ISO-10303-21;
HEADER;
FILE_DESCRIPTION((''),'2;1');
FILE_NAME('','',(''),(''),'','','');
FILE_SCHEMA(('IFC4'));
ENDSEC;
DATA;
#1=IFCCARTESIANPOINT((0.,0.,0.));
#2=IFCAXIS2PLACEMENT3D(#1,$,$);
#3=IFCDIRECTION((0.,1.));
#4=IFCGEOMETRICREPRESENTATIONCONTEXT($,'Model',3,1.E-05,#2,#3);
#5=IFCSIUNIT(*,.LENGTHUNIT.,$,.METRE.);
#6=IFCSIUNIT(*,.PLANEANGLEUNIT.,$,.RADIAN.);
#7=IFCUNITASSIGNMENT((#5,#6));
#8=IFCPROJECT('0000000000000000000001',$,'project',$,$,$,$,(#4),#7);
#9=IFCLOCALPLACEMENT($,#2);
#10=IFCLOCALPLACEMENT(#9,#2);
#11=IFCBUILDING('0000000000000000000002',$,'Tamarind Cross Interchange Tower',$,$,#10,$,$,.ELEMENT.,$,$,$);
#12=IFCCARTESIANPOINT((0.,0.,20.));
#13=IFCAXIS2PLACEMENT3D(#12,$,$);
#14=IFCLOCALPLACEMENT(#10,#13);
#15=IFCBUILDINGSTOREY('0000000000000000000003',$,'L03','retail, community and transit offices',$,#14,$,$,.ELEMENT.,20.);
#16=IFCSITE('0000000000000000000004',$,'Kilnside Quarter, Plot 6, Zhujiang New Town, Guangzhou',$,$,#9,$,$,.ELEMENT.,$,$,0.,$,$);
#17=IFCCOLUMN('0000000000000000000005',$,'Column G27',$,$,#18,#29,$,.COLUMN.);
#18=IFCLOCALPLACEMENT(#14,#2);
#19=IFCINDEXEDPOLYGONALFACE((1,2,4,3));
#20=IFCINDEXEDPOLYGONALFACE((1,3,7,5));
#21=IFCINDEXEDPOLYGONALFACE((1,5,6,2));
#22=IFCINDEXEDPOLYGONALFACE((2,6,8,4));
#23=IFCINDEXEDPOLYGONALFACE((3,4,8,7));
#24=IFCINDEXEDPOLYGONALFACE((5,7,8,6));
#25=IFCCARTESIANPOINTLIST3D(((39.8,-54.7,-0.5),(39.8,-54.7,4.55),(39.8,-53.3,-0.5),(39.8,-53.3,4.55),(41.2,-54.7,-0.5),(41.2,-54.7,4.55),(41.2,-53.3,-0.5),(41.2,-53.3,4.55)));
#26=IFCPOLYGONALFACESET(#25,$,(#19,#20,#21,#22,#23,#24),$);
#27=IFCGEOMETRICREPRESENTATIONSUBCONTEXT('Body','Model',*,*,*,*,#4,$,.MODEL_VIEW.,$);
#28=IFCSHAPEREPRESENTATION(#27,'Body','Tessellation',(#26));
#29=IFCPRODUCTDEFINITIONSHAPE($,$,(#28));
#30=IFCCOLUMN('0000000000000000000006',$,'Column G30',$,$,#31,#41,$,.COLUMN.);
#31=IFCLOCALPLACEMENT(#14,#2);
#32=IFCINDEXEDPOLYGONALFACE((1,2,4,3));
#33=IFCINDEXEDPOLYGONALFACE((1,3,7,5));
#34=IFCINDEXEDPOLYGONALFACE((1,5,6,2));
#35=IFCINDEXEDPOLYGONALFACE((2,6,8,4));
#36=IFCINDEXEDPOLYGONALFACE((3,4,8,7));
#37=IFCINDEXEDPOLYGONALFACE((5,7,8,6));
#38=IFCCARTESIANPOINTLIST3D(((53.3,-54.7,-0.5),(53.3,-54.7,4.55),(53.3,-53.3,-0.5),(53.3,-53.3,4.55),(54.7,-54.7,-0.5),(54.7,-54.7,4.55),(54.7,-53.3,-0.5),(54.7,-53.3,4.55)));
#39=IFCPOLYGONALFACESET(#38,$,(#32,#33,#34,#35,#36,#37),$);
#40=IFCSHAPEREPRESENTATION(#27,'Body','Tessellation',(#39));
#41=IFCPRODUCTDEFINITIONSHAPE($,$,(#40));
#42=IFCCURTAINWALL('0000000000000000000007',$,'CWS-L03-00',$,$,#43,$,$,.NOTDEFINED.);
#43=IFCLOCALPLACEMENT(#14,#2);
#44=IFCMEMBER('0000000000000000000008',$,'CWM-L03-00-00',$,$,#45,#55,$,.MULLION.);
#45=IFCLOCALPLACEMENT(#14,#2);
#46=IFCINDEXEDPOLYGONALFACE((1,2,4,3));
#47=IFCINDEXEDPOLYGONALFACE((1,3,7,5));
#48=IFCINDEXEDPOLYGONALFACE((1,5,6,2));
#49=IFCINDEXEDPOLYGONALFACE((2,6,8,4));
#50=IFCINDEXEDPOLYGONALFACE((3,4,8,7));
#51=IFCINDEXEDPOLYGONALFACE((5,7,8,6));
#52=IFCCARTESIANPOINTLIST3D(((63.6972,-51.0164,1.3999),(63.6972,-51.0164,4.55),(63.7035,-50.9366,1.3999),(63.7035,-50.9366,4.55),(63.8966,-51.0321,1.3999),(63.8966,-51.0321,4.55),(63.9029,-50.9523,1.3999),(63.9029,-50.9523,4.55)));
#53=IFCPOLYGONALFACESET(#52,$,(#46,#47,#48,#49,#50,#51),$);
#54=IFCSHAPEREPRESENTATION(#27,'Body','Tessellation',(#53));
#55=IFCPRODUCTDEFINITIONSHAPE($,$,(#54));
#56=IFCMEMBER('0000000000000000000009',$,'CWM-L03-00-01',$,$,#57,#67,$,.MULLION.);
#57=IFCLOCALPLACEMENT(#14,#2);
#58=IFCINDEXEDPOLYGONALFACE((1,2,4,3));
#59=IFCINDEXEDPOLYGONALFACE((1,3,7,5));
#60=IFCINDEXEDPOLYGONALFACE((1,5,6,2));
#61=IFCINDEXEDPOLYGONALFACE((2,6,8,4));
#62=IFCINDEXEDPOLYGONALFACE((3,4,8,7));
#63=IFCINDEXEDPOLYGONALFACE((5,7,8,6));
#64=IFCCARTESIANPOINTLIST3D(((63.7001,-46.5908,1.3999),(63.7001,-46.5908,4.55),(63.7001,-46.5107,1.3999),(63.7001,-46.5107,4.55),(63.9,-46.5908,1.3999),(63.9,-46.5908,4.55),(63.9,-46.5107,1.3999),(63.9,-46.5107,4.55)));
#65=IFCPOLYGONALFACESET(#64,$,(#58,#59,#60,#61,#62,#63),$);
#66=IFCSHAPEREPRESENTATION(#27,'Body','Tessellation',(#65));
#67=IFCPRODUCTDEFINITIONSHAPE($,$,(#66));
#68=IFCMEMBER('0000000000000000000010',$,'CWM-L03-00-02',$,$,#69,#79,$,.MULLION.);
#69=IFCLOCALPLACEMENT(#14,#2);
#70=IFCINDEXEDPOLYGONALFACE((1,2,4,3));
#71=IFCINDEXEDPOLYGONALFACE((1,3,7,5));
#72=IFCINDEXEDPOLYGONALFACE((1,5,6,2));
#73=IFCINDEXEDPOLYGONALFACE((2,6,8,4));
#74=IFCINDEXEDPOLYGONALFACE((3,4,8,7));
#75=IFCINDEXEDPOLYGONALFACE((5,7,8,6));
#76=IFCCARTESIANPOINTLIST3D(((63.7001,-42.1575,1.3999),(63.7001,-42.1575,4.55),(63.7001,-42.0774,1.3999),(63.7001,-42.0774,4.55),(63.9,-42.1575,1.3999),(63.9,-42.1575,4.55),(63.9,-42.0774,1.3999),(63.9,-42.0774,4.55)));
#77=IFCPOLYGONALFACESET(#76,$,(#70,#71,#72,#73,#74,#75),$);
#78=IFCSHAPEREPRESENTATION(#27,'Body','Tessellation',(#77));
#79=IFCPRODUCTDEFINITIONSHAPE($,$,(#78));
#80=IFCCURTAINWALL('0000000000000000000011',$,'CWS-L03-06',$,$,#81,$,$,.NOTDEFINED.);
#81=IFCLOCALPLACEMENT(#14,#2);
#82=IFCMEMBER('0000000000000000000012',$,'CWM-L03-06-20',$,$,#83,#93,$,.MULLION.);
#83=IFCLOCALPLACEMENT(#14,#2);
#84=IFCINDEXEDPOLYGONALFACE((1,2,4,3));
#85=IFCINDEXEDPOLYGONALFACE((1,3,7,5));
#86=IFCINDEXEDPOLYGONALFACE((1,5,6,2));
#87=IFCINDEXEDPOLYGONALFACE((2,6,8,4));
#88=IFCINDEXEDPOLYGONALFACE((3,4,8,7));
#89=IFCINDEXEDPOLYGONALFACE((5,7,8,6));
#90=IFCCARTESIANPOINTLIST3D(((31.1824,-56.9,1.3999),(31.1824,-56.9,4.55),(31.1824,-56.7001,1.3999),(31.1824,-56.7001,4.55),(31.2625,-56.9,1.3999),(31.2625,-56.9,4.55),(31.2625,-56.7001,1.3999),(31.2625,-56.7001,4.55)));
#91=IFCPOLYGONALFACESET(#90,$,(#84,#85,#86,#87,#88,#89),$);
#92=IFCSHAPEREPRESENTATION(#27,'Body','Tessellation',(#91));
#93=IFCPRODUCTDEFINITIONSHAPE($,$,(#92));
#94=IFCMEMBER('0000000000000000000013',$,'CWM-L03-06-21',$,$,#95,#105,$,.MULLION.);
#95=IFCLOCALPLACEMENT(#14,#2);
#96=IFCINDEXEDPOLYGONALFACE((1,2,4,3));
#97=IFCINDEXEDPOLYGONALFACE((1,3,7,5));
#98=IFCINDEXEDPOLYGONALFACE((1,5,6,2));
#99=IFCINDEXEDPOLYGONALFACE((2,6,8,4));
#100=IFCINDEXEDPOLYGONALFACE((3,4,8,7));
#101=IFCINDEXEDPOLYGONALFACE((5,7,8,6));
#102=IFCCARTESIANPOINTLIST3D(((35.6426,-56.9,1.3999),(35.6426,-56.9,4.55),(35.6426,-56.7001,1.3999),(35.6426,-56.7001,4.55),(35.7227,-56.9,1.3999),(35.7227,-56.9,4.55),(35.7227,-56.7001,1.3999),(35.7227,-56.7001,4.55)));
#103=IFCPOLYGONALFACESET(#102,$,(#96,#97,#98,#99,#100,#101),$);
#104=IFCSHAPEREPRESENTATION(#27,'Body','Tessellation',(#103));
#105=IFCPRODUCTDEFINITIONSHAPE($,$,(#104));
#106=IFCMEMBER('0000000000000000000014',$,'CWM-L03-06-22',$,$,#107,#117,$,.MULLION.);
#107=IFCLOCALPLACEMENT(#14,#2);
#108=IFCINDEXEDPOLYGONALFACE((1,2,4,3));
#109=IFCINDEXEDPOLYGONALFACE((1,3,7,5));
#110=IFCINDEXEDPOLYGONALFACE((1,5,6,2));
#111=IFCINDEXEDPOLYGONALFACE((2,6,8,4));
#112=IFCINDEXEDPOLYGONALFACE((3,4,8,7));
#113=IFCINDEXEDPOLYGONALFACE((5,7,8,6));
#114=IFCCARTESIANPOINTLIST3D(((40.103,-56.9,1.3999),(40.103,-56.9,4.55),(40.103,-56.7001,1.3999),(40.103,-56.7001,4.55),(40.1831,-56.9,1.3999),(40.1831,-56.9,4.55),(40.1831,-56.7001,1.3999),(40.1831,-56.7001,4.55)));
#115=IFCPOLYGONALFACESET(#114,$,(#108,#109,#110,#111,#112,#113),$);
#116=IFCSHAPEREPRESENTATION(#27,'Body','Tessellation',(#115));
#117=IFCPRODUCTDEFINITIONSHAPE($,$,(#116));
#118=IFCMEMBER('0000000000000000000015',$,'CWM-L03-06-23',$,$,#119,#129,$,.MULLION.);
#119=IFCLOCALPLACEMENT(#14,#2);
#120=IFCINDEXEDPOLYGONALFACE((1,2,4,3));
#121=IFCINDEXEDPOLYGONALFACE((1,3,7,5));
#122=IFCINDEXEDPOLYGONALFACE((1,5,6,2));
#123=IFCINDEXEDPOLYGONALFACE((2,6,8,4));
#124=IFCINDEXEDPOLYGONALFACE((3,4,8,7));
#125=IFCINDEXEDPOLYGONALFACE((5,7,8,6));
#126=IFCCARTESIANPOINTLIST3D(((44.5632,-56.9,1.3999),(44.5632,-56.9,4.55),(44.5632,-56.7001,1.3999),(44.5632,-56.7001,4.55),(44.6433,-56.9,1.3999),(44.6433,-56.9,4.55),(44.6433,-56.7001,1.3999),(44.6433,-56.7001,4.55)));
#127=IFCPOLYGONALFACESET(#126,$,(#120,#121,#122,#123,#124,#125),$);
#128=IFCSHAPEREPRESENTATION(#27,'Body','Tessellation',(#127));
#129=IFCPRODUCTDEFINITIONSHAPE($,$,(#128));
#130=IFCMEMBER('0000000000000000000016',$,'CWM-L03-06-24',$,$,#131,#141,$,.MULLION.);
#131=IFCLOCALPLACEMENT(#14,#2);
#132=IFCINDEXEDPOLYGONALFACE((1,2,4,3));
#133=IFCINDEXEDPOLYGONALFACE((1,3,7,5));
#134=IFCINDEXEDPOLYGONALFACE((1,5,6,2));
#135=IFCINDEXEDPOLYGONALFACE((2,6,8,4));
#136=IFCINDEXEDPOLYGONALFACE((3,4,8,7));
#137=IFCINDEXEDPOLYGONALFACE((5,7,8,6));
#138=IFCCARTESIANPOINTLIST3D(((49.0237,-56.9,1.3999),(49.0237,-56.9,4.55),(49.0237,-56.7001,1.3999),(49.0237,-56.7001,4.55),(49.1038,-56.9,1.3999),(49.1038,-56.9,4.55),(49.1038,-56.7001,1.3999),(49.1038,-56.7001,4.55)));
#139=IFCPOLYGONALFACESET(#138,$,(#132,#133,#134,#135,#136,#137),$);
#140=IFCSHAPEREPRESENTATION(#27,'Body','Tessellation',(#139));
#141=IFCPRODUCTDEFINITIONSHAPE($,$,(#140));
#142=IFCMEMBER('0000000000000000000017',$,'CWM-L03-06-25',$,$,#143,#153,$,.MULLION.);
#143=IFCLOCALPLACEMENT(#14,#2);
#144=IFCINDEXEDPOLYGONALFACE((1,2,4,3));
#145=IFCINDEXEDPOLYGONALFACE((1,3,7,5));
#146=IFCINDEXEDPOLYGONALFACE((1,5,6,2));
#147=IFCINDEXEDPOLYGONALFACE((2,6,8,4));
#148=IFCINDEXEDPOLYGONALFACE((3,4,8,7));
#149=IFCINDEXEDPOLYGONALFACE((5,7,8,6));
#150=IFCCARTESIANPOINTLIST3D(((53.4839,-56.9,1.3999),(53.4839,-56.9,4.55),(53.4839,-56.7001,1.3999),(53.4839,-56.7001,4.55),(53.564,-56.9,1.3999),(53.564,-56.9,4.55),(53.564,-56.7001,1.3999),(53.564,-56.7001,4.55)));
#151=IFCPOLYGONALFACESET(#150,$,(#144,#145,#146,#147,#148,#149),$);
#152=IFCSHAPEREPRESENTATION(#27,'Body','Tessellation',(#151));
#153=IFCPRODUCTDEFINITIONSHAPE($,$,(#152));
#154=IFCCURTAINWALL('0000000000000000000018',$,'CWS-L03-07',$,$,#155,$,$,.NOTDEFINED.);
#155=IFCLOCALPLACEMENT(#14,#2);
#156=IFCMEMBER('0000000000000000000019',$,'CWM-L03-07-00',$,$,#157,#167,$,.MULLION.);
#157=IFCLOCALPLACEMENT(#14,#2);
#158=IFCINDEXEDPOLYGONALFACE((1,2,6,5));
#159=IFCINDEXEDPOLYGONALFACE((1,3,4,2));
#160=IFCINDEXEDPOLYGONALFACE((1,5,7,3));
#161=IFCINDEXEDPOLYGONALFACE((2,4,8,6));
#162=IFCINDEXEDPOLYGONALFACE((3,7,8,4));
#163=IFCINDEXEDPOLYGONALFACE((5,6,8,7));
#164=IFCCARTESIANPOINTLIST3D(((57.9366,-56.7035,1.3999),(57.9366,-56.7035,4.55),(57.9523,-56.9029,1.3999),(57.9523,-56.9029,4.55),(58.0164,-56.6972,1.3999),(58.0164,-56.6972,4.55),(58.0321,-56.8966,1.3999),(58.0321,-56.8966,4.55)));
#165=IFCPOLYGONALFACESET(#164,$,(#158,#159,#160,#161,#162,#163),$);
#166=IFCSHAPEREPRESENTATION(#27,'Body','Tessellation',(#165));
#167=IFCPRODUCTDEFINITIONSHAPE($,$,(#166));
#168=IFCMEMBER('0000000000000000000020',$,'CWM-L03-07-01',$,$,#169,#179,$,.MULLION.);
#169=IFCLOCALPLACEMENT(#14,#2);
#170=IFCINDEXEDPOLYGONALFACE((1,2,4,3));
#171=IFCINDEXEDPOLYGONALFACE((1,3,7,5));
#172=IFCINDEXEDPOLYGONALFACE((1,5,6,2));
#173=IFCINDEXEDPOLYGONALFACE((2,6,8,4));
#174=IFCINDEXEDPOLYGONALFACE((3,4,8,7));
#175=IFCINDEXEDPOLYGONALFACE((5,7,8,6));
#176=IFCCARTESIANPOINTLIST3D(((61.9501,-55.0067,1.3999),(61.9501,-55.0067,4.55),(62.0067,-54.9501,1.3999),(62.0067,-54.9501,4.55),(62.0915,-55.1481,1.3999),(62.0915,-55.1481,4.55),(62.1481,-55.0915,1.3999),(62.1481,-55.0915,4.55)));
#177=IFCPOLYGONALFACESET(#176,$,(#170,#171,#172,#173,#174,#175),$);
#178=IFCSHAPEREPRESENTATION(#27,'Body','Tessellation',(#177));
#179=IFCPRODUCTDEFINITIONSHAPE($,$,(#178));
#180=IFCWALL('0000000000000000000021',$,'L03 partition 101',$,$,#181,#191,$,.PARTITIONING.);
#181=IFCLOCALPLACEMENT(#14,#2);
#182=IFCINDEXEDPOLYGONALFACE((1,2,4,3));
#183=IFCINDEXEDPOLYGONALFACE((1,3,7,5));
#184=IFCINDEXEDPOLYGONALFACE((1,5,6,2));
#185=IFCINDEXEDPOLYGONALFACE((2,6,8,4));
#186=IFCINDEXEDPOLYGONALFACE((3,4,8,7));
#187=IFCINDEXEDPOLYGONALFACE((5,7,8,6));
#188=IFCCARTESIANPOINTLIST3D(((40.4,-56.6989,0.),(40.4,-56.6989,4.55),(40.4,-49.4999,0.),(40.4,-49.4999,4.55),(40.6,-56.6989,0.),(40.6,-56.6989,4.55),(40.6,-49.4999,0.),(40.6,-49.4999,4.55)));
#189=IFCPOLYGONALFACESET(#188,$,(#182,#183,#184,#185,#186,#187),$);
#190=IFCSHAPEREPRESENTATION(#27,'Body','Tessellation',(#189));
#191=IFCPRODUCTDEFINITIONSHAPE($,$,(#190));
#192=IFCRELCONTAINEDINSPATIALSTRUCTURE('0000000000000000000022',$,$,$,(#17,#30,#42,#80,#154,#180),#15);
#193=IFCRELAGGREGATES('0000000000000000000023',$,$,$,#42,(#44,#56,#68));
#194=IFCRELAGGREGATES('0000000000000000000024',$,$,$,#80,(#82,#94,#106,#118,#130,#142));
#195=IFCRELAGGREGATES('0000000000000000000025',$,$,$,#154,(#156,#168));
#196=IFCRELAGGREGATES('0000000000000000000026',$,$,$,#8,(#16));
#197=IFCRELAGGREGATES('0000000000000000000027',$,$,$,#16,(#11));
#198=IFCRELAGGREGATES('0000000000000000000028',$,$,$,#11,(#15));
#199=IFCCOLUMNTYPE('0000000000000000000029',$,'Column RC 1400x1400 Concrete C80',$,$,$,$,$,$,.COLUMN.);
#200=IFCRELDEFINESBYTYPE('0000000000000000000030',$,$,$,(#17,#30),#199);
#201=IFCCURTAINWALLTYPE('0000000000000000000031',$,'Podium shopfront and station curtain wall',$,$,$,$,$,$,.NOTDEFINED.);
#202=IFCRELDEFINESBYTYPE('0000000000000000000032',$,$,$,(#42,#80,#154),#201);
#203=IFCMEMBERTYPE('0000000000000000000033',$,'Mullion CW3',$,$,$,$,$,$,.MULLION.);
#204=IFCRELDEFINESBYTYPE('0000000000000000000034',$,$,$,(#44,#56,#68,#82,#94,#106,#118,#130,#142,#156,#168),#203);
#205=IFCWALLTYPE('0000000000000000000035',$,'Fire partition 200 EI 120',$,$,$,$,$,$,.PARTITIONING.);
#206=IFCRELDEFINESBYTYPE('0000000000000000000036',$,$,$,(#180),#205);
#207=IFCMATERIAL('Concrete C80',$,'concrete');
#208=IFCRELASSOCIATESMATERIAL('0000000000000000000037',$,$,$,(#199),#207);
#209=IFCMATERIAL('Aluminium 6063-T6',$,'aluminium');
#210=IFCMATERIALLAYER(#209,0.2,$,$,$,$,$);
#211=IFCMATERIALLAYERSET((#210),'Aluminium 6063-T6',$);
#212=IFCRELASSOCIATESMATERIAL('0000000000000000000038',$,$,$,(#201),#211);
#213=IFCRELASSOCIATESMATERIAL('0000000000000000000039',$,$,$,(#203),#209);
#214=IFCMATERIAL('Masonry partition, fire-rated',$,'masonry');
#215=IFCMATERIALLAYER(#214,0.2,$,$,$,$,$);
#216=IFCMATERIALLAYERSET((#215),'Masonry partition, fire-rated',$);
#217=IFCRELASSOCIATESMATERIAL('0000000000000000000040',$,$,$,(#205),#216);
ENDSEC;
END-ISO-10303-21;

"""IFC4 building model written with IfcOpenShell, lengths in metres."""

from ifc_helpers import new_model, si_unit, direction, frame, frame_2d, origin, origin_2d, place, context, subcontext, project, spatial, rectangle, extrude, material, layer, layer_set, material_profile, profile_set, type_object, element, aggregate, save


model = new_model("IFC4")

# Units and contexts
model_context = context("Model", 3, precision=1e-05, world=origin(), true_north=direction((0.0, 1.0)))
body_context = subcontext(model_context, "Body", "Model", "MODEL_VIEW")
ifc_project = project(units=[si_unit("LENGTHUNIT", "METRE"), si_unit("PLANEANGLEUNIT", "RADIAN")], contexts=[model_context])

# Site, building, storey
site_placement = place(None, origin())
site = spatial("IfcSite", under=ifc_project, at=site_placement, Name="Kilnside Quarter, Plot 6, Zhujiang New Town, Guangzhou", CompositionType="ELEMENT", RefElevation=0.0)
building_placement = place(site_placement, origin())
building = spatial("IfcBuilding", under=site, at=building_placement, Name="Tamarind Cross Interchange Tower", CompositionType="ELEMENT")
storey_placement = place(building_placement, frame((0.0, 0.0, 20.0)))
storey = spatial("IfcBuildingStorey", under=building, at=storey_placement, Name="L03", Description="retail, community and transit offices", CompositionType="ELEMENT", Elevation=20.0)

# Columns
ifc_material_1 = material(Name="Concrete C80", Category="concrete")
ifc_material_profile_1 = material_profile(ifc_material_1, rectangle(XDim=1.3999, YDim=1.3999, at=origin_2d()), Name="RC 1400x1400")
ifc_profile_set_1 = profile_set([ifc_material_profile_1], Name="Concrete C80")
column_type = type_object("IfcColumnType", Name="Column RC 1400x1400 Concrete C80", PredefinedType="COLUMN", material=ifc_profile_set_1)
for number, where, z_axis, x_axis, name in (
    (1, (40.5, -54.0, -0.5), (0.0, 0.0, 1.0), (1.0, 0.0, 0.0), "Column G27"),
    (2, (54.0, -54.0, -0.5), (0.0, 0.0, 1.0), (1.0, 0.0, 0.0), "Column G30"),
):
    element("IfcColumn", number, at=place(storey_placement, frame(where, z_axis=z_axis, x_axis=x_axis)), inside=storey, type_object=column_type, Name=name, PredefinedType="COLUMN", context=body_context, shape_type="SweptSolid", body=[
        extrude(rectangle(XDim=1.3999, YDim=1.3999, at=origin_2d()), origin(), (0.0, 0.0, 1.0), 5.05),
    ])

# Curtain walls, members
ifc_material_2 = material(Name="Aluminium 6063-T6", Category="aluminium")
ifc_layer_1 = layer(ifc_material_2, 0.2)
ifc_layer_set_1 = layer_set([ifc_layer_1], Name="Aluminium 6063-T6")
curtain_wall_type = type_object("IfcCurtainWallType", Name="Podium shopfront and station curtain wall", PredefinedType="NOTDEFINED", material=ifc_layer_set_1)
curtain_wall_1_placement = place(storey_placement, origin())
curtain_wall_1 = element("IfcCurtainWall", 3, at=curtain_wall_1_placement, inside=storey, type_object=curtain_wall_type, Name="CWS-L03-00", PredefinedType="NOTDEFINED")
ifc_material_profile_2 = material_profile(ifc_material_2, rectangle(XDim=0.0801, YDim=0.2, at=origin_2d()), Name="Mullion CW3")
ifc_profile_set_2 = profile_set([ifc_material_profile_2], Name="Aluminium 6063-T6")
member_type = type_object("IfcMemberType", Name="Mullion CW3", PredefinedType="MULLION", material=ifc_profile_set_2)
member_1_placement = place(storey_placement, frame((63.8, -50.9844, 1.3999), z_axis=(0.0, 0.0, 1.0), x_axis=(0.078459, 0.996917, 0.0)))
member_1 = element("IfcMember", 4, at=member_1_placement, type_object=member_type, Name="CWM-L03-00-00", PredefinedType="MULLION", context=body_context, shape_type="SweptSolid", body=[
    extrude(rectangle(XDim=0.0801, YDim=0.2, at=origin_2d()), origin(), (0.0, 0.0, 1.0), 3.1501),
])
member_2_placement = place(storey_placement, frame((63.8, -46.5508, 1.3999), z_axis=(0.0, 0.0, 1.0), x_axis=(0.0, 1.0, 0.0)))
member_2 = element("IfcMember", 5, at=member_2_placement, type_object=member_type, Name="CWM-L03-00-01", PredefinedType="MULLION", context=body_context, shape_type="SweptSolid", body=[
    extrude(rectangle(XDim=0.0801, YDim=0.2, at=origin_2d()), origin(), (0.0, 0.0, 1.0), 3.1501),
])
member_3_placement = place(storey_placement, frame((63.8, -42.1174, 1.3999), z_axis=(0.0, 0.0, 1.0), x_axis=(0.0, 1.0, 0.0)))
member_3 = element("IfcMember", 6, at=member_3_placement, type_object=member_type, Name="CWM-L03-00-02", PredefinedType="MULLION", context=body_context, shape_type="SweptSolid", body=[
    extrude(rectangle(XDim=0.0801, YDim=0.2, at=origin_2d()), origin(), (0.0, 0.0, 1.0), 3.1501),
])
aggregate(curtain_wall_1, [member_1, member_2, member_3])
curtain_wall_2_placement = place(storey_placement, origin())
curtain_wall_2 = element("IfcCurtainWall", 7, at=curtain_wall_2_placement, inside=storey, type_object=curtain_wall_type, Name="CWS-L03-06", PredefinedType="NOTDEFINED")
member_4_placement = place(storey_placement, frame((31.2224, -56.8, 1.3999), z_axis=(0.0, 0.0, 1.0), x_axis=(1.0, 0.0, 0.0)))
member_4 = element("IfcMember", 8, at=member_4_placement, type_object=member_type, Name="CWM-L03-06-20", PredefinedType="MULLION", context=body_context, shape_type="SweptSolid", body=[
    extrude(rectangle(XDim=0.0801, YDim=0.2, at=origin_2d()), origin(), (0.0, 0.0, 1.0), 3.1501),
])
member_5_placement = place(storey_placement, frame((35.6826, -56.8, 1.3999), z_axis=(0.0, 0.0, 1.0), x_axis=(1.0, 0.0, 0.0)))
member_5 = element("IfcMember", 9, at=member_5_placement, type_object=member_type, Name="CWM-L03-06-21", PredefinedType="MULLION", context=body_context, shape_type="SweptSolid", body=[
    extrude(rectangle(XDim=0.0801, YDim=0.2, at=origin_2d()), origin(), (0.0, 0.0, 1.0), 3.1501),
])
member_6_placement = place(storey_placement, frame((40.1431, -56.8, 1.3999), z_axis=(0.0, 0.0, 1.0), x_axis=(1.0, 0.0, 0.0)))
member_6 = element("IfcMember", 10, at=member_6_placement, type_object=member_type, Name="CWM-L03-06-22", PredefinedType="MULLION", context=body_context, shape_type="SweptSolid", body=[
    extrude(rectangle(XDim=0.0801, YDim=0.2, at=origin_2d()), origin(), (0.0, 0.0, 1.0), 3.1501),
])
member_7_placement = place(storey_placement, frame((44.6033, -56.8, 1.3999), z_axis=(0.0, 0.0, 1.0), x_axis=(1.0, 0.0, 0.0)))
member_7 = element("IfcMember", 11, at=member_7_placement, type_object=member_type, Name="CWM-L03-06-23", PredefinedType="MULLION", context=body_context, shape_type="SweptSolid", body=[
    extrude(rectangle(XDim=0.0801, YDim=0.2, at=origin_2d()), origin(), (0.0, 0.0, 1.0), 3.1501),
])
member_8_placement = place(storey_placement, frame((49.0637, -56.8, 1.3999), z_axis=(0.0, 0.0, 1.0), x_axis=(1.0, 0.0, 0.0)))
member_8 = element("IfcMember", 12, at=member_8_placement, type_object=member_type, Name="CWM-L03-06-24", PredefinedType="MULLION", context=body_context, shape_type="SweptSolid", body=[
    extrude(rectangle(XDim=0.0801, YDim=0.2, at=origin_2d()), origin(), (0.0, 0.0, 1.0), 3.1501),
])
member_9_placement = place(storey_placement, frame((53.5239, -56.8, 1.3999), z_axis=(0.0, 0.0, 1.0), x_axis=(1.0, 0.0, 0.0)))
member_9 = element("IfcMember", 13, at=member_9_placement, type_object=member_type, Name="CWM-L03-06-25", PredefinedType="MULLION", context=body_context, shape_type="SweptSolid", body=[
    extrude(rectangle(XDim=0.0801, YDim=0.2, at=origin_2d()), origin(), (0.0, 0.0, 1.0), 3.1501),
])
aggregate(curtain_wall_2, [member_4, member_5, member_6, member_7, member_8, member_9])
curtain_wall_3_placement = place(storey_placement, origin())
curtain_wall_3 = element("IfcCurtainWall", 14, at=curtain_wall_3_placement, inside=storey, type_object=curtain_wall_type, Name="CWS-L03-07", PredefinedType="NOTDEFINED")
member_10_placement = place(storey_placement, frame((57.9844, -56.8, 1.3999), z_axis=(0.0, 0.0, 1.0), x_axis=(0.996917, 0.078459, 0.0)))
member_10 = element("IfcMember", 15, at=member_10_placement, type_object=member_type, Name="CWM-L03-07-00", PredefinedType="MULLION", context=body_context, shape_type="SweptSolid", body=[
    extrude(rectangle(XDim=0.0801, YDim=0.2, at=origin_2d()), origin(), (0.0, 0.0, 1.0), 3.1501),
])
member_11_placement = place(storey_placement, frame((62.0491, -55.0491, 1.3999), z_axis=(0.0, 0.0, 1.0), x_axis=(0.707107, 0.707107, 0.0)))
member_11 = element("IfcMember", 16, at=member_11_placement, type_object=member_type, Name="CWM-L03-07-01", PredefinedType="MULLION", context=body_context, shape_type="SweptSolid", body=[
    extrude(rectangle(XDim=0.0801, YDim=0.2, at=origin_2d()), origin(), (0.0, 0.0, 1.0), 3.1501),
])
aggregate(curtain_wall_3, [member_10, member_11])

# Wall
ifc_material_3 = material(Name="Masonry partition, fire-rated", Category="masonry")
ifc_layer_2 = layer(ifc_material_3, 0.2)
ifc_layer_set_2 = layer_set([ifc_layer_2], Name="Masonry partition, fire-rated")
wall_type_1 = type_object("IfcWallType", Name="Fire partition 200 EI 120", PredefinedType="PARTITIONING", material=ifc_layer_set_2)
wall_1_placement = place(storey_placement, frame((40.5, -56.699, 0.0), z_axis=(0.0, 0.0, 1.0), x_axis=(0.0, 1.0, 0.0)))
element("IfcWall", 17, at=wall_1_placement, inside=storey, type_object=wall_type_1, Name="L03 partition 101", PredefinedType="PARTITIONING", context=body_context, shape_type="SweptSolid", body=[
    extrude(rectangle(XDim=7.199, YDim=0.2, at=frame_2d((3.5996, 0.0))), origin(), (0.0, 0.0, 1.0), 4.55),
])

save(model, "model.ifc")
